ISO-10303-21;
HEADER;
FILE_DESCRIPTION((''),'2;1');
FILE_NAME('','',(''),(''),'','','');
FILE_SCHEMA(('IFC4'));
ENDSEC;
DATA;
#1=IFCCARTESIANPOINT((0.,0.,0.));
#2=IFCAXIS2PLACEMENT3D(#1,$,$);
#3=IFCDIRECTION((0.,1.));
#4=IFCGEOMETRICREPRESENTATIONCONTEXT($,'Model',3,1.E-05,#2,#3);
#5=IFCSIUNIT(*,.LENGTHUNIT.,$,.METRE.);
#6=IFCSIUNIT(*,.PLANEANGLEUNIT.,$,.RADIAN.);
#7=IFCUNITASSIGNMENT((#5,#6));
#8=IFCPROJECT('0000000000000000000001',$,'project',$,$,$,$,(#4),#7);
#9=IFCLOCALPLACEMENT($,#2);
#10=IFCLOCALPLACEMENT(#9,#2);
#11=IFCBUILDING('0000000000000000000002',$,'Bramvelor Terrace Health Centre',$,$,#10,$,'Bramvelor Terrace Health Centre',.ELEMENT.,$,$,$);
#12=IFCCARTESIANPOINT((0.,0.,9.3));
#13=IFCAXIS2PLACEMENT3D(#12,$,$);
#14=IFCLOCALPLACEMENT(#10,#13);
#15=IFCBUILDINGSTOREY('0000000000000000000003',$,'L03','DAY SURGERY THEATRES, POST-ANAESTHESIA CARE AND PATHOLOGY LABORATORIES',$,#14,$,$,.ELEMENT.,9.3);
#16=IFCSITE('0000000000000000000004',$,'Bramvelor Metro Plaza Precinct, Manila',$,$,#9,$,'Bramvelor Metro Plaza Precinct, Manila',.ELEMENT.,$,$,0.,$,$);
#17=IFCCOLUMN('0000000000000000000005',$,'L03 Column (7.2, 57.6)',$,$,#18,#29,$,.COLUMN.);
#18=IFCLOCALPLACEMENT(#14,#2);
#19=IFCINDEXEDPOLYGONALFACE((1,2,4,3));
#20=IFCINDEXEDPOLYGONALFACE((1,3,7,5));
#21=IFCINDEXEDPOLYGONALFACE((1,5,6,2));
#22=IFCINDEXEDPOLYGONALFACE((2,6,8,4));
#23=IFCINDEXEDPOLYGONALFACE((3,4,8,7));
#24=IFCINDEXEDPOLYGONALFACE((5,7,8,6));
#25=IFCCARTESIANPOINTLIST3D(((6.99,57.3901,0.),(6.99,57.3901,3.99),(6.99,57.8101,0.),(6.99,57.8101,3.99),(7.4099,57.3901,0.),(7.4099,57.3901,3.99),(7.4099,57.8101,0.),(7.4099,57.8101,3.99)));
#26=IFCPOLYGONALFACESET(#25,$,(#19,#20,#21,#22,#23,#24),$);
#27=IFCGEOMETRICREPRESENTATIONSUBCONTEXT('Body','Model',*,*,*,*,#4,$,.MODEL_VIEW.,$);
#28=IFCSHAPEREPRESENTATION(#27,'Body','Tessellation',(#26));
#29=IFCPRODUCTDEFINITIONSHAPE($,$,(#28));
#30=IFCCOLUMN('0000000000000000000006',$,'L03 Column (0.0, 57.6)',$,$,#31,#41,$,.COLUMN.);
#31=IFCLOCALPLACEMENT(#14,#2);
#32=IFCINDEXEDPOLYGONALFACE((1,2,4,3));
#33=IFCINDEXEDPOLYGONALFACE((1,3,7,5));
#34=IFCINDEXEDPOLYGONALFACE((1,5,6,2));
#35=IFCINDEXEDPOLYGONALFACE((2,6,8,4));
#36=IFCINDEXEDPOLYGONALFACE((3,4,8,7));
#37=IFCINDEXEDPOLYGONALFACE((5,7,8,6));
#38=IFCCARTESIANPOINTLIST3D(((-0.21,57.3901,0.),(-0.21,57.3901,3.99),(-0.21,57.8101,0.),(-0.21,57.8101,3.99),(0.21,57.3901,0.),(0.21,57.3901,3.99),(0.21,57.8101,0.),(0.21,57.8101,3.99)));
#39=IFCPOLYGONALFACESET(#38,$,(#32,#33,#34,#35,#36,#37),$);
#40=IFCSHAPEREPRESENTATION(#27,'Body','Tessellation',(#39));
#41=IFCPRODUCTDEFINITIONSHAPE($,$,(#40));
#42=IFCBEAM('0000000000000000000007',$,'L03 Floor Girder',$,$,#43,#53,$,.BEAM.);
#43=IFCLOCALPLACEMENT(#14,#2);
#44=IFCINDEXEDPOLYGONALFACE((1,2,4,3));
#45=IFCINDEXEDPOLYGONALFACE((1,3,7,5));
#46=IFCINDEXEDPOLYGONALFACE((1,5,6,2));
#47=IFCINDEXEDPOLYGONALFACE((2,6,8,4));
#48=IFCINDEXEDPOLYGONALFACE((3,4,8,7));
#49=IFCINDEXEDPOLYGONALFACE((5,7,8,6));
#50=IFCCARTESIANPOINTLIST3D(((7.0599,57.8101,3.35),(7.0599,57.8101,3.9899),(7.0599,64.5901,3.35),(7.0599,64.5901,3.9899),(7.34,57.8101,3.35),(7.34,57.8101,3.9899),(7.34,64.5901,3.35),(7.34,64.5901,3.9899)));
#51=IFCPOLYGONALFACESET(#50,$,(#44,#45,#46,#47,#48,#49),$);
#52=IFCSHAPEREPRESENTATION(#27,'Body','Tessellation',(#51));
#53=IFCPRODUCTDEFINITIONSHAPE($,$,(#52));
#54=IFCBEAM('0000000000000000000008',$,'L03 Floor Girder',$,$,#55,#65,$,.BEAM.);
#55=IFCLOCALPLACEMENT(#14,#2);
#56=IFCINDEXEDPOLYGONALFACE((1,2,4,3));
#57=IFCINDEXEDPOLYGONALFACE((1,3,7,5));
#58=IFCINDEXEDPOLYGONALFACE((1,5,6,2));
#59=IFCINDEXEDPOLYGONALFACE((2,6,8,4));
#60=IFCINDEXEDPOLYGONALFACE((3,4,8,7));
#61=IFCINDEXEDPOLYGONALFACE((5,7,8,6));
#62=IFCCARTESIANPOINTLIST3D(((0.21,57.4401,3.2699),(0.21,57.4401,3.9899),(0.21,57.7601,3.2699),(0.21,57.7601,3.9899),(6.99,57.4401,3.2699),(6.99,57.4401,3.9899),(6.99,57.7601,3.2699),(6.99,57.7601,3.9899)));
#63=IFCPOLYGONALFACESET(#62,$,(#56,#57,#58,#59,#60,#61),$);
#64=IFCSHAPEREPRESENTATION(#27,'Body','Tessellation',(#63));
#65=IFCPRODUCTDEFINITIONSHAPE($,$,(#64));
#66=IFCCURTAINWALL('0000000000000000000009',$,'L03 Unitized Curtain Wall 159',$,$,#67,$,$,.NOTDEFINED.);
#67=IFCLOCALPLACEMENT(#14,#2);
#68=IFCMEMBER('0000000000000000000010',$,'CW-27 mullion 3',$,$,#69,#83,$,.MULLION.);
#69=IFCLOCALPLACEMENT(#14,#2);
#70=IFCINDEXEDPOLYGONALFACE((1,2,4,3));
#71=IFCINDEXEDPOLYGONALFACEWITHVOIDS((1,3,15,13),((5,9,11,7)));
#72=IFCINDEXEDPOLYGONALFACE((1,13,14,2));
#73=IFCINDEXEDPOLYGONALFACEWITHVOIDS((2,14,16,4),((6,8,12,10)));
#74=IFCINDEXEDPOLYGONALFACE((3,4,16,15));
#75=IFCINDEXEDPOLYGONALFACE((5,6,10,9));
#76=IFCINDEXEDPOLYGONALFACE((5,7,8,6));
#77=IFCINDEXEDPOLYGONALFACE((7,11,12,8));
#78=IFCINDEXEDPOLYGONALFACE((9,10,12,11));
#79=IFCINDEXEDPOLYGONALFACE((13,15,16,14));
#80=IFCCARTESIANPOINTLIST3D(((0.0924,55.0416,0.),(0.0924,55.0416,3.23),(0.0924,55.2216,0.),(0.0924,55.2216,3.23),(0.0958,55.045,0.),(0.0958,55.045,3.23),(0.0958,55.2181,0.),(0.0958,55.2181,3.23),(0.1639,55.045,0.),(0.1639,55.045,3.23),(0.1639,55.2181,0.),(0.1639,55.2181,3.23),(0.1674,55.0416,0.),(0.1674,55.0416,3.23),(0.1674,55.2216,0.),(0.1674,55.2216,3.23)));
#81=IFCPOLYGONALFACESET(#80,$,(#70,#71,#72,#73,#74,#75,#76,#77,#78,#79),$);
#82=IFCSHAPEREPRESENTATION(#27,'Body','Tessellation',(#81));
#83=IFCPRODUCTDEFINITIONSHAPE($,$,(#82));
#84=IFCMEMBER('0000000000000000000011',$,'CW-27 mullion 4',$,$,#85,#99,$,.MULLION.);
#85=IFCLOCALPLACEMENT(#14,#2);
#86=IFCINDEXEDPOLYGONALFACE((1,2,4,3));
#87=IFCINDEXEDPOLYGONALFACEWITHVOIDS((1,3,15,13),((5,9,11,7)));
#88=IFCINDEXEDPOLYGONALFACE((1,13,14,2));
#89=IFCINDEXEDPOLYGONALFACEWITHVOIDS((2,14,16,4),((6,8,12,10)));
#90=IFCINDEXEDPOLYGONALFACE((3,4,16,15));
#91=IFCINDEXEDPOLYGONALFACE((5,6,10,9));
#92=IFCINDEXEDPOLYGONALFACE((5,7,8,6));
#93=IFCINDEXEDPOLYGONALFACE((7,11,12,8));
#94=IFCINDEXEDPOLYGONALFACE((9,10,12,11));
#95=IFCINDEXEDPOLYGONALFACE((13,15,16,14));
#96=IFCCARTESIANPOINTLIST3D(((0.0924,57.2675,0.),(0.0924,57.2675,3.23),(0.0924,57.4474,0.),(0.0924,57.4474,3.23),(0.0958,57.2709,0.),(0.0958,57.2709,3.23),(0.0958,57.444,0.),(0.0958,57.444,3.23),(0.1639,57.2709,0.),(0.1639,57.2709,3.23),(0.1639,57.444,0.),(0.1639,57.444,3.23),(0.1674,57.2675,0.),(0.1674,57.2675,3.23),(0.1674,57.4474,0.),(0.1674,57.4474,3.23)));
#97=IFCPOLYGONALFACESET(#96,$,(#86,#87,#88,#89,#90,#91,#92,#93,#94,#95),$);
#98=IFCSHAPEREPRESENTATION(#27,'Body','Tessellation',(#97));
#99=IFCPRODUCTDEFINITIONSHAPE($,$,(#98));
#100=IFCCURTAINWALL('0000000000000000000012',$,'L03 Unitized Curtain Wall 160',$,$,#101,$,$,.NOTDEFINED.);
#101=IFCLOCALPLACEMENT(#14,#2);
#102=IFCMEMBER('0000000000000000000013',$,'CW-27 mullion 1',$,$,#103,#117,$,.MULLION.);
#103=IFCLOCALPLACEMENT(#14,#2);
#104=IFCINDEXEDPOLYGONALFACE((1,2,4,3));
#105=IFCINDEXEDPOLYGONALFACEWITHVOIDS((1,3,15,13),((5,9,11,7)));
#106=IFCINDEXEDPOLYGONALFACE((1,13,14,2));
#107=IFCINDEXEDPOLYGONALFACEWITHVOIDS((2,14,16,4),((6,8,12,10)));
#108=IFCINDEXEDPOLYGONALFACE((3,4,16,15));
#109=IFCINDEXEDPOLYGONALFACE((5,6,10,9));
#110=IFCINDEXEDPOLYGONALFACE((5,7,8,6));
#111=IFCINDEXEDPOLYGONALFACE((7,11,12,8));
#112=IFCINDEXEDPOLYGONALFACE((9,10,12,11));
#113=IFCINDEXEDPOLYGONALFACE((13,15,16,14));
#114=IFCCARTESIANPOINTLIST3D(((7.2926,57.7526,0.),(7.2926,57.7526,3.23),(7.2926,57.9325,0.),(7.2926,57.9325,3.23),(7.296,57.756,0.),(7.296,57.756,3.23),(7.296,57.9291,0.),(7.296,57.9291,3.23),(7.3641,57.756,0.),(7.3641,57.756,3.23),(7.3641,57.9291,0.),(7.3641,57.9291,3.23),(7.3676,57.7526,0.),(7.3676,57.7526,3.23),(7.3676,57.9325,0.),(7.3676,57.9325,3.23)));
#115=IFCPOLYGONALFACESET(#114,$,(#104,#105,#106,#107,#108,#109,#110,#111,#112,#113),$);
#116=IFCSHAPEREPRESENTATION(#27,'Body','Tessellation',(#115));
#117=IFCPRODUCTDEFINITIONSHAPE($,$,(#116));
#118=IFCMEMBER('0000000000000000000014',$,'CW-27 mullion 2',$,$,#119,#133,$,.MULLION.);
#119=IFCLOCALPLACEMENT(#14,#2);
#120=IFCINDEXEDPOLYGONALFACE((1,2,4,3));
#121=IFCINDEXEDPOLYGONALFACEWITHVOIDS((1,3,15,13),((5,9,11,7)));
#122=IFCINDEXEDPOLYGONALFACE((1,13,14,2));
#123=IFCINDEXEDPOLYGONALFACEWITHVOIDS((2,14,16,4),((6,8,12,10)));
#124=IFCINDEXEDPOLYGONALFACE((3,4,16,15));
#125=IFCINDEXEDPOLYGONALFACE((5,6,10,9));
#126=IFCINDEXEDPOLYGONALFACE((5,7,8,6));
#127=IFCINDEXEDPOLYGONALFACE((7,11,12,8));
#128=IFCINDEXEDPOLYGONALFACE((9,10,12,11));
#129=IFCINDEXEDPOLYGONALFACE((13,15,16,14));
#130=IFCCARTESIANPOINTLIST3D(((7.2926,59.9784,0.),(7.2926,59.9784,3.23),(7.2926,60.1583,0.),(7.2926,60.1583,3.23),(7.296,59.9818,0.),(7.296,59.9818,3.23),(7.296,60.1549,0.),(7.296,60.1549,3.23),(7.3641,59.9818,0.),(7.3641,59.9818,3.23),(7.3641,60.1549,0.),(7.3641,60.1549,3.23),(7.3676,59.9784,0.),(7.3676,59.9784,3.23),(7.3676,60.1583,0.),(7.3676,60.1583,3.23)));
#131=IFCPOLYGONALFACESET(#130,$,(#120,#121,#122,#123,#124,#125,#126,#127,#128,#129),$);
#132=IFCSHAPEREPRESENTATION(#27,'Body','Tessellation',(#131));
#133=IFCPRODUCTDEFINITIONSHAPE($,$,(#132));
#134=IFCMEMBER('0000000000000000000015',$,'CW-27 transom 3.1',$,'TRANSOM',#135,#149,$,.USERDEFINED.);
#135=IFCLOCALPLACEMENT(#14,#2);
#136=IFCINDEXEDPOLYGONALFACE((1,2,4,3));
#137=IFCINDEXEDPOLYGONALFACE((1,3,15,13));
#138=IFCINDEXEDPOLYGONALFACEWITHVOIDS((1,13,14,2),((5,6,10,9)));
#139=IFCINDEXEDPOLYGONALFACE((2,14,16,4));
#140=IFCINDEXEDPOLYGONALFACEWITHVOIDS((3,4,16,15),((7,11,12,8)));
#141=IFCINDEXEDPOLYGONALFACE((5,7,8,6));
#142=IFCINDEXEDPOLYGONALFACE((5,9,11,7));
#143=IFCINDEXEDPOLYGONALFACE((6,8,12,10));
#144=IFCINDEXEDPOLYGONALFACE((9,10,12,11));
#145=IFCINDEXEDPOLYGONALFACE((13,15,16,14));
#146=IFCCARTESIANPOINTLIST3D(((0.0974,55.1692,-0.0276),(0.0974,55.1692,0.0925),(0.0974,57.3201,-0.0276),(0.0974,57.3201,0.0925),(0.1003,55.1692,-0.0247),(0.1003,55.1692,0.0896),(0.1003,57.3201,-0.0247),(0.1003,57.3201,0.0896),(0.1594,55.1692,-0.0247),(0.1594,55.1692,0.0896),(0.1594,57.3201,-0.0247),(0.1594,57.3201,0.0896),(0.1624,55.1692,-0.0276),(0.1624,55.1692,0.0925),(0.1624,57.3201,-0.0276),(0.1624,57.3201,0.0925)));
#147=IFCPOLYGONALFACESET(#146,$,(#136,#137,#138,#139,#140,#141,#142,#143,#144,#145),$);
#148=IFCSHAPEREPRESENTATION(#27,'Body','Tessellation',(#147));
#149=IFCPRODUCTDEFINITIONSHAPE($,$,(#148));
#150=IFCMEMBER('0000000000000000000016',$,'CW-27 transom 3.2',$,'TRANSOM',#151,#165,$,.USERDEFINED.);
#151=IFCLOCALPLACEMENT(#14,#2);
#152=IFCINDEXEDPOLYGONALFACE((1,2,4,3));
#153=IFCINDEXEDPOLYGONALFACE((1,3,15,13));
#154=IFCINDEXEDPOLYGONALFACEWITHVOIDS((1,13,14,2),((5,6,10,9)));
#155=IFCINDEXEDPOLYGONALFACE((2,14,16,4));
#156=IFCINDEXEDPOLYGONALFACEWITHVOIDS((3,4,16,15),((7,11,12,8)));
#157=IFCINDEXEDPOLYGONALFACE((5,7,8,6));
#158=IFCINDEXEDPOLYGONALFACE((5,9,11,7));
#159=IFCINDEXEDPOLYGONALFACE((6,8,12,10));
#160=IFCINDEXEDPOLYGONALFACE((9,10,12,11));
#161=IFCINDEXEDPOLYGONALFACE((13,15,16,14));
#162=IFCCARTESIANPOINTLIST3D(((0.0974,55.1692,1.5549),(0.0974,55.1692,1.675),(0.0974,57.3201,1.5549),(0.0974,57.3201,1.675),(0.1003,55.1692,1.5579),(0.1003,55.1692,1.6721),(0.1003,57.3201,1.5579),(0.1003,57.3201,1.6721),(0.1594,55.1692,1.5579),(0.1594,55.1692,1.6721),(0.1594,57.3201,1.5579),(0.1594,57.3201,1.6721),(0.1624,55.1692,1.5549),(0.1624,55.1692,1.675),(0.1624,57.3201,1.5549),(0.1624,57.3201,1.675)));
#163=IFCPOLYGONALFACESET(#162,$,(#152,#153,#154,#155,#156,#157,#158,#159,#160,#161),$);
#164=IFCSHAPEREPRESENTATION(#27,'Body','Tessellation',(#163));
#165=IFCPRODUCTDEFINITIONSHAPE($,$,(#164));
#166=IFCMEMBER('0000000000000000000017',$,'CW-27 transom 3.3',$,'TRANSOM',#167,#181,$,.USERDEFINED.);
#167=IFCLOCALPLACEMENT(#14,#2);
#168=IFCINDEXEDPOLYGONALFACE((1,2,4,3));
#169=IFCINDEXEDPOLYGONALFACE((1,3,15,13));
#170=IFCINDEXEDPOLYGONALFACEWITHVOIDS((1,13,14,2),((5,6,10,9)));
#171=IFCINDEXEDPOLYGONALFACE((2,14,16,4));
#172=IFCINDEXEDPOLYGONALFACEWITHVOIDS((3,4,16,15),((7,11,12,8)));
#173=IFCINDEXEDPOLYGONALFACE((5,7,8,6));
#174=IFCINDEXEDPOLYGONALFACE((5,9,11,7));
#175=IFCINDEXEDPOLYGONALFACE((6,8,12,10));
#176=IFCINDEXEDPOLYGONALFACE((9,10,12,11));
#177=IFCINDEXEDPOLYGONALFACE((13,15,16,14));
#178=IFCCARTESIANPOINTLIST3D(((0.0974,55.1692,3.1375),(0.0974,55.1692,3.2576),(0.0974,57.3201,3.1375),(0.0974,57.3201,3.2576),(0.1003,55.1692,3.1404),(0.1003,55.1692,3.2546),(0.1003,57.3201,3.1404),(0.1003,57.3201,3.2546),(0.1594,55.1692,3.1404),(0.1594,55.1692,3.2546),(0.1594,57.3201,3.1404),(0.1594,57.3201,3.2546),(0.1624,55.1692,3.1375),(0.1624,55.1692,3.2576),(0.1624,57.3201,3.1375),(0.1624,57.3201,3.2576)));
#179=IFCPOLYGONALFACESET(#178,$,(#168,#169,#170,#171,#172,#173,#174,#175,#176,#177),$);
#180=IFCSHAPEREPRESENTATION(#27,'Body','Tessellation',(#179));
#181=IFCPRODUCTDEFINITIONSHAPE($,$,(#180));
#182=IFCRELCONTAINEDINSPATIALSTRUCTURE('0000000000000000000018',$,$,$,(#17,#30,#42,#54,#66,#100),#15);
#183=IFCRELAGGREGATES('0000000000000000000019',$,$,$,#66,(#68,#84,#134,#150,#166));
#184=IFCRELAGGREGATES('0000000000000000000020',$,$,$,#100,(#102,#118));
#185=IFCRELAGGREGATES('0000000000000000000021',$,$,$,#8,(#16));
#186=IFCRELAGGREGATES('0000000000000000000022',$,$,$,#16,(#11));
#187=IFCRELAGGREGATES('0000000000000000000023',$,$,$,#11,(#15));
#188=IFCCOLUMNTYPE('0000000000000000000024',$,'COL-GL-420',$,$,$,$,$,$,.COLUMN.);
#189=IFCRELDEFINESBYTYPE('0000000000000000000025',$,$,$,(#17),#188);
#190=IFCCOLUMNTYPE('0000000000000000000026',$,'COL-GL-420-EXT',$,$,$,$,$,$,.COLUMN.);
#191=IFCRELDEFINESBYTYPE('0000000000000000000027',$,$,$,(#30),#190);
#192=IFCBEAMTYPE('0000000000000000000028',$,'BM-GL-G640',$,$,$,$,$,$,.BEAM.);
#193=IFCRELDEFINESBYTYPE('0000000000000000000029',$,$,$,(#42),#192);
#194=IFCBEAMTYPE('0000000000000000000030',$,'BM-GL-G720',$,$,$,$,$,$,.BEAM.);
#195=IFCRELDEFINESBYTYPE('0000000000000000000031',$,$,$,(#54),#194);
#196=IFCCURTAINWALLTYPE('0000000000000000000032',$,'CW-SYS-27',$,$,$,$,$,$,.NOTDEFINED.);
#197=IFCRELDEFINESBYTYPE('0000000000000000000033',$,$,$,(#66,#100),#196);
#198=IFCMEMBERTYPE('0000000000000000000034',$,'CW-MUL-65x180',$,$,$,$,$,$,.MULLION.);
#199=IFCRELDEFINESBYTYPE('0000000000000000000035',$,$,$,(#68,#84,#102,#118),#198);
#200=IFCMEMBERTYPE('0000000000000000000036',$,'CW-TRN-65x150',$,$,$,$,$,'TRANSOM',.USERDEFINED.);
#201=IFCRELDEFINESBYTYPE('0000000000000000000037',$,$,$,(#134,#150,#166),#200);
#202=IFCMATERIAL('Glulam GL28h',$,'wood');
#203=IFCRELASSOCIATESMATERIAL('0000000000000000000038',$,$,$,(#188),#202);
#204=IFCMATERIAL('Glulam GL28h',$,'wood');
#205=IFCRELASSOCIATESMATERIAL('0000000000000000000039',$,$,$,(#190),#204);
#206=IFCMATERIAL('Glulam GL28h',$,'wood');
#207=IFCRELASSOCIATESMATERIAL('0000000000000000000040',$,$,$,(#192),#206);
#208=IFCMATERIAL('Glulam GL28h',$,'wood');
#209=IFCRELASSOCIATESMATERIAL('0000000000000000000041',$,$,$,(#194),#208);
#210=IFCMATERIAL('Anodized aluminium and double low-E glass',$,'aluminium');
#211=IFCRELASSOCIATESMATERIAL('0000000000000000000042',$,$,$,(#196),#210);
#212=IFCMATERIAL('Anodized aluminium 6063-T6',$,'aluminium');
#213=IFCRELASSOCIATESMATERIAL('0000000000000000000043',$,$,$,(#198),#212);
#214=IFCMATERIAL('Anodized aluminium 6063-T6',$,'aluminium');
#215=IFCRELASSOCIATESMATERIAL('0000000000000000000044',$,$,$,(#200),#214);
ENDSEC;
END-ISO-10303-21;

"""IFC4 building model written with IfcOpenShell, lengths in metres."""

from ifc_helpers import new_model, si_unit, direction, frame, origin, origin_2d, place, context, subcontext, project, spatial, rectangle, hollow_rectangle, extrude, material, material_profile, profile_set, type_object, element, aggregate, save


model = new_model("IFC4")

# Units and contexts
model_context = context("Model", 3, precision=1e-05, world=origin(), true_north=direction((0.0, 1.0)))
body_context = subcontext(model_context, "Body", "Model", "MODEL_VIEW")
ifc_project = project(units=[si_unit("LENGTHUNIT", "METRE"), si_unit("PLANEANGLEUNIT", "RADIAN")], contexts=[model_context])

# Site, building, storey
site_placement = place(None, origin())
site = spatial("IfcSite", under=ifc_project, at=site_placement, Name="Bramvelor Metro Plaza Precinct, Manila", LongName="Bramvelor Metro Plaza Precinct, Manila", CompositionType="ELEMENT", RefElevation=0.0)
building_placement = place(site_placement, origin())
building = spatial("IfcBuilding", under=site, at=building_placement, Name="Bramvelor Terrace Health Centre", LongName="Bramvelor Terrace Health Centre", CompositionType="ELEMENT")
storey_placement = place(building_placement, frame((0.0, 0.0, 9.3)))
storey = spatial("IfcBuildingStorey", under=building, at=storey_placement, Name="L03", Description="DAY SURGERY THEATRES, POST-ANAESTHESIA CARE AND PATHOLOGY LABORATORIES", CompositionType="ELEMENT", Elevation=9.3)

# Columns
ifc_material_1 = material(Name="Glulam GL28h", Category="wood")
ifc_material_profile_1 = material_profile(ifc_material_1, rectangle(XDim=0.4199, YDim=0.4199, at=origin_2d()), Name="GL 420x420")
ifc_profile_set_1 = profile_set([ifc_material_profile_1], Name="Glulam GL28h")
column_type_1 = type_object("IfcColumnType", Name="COL-GL-420", PredefinedType="COLUMN", material=ifc_profile_set_1)
column_1_placement = place(storey_placement, frame((7.2, 57.6001, 0.0), z_axis=(0.0, 0.0, 1.0), x_axis=(1.0, 0.0, 0.0)))
element("IfcColumn", 1, at=column_1_placement, inside=storey, type_object=column_type_1, Name="L03 Column (7.2, 57.6)", PredefinedType="COLUMN", context=body_context, shape_type="SweptSolid", body=[
    extrude(rectangle(XDim=0.4199, YDim=0.4199, at=origin_2d()), origin(), (0.0, 0.0, 1.0), 3.99),
])
ifc_material_2 = material(Name="Glulam GL28h", Category="wood")
ifc_material_profile_2 = material_profile(ifc_material_2, rectangle(XDim=0.4199, YDim=0.4199, at=origin_2d()), Name="GL 420x420")
ifc_profile_set_2 = profile_set([ifc_material_profile_2], Name="Glulam GL28h")
column_type_2 = type_object("IfcColumnType", Name="COL-GL-420-EXT", PredefinedType="COLUMN", material=ifc_profile_set_2)
column_2_placement = place(storey_placement, frame((0.0, 57.6001, 0.0), z_axis=(0.0, 0.0, 1.0), x_axis=(1.0, 0.0, 0.0)))
element("IfcColumn", 2, at=column_2_placement, inside=storey, type_object=column_type_2, Name="L03 Column (0.0, 57.6)", PredefinedType="COLUMN", context=body_context, shape_type="SweptSolid", body=[
    extrude(rectangle(XDim=0.4199, YDim=0.4199, at=origin_2d()), origin(), (0.0, 0.0, 1.0), 3.99),
])

# Beams
ifc_material_3 = material(Name="Glulam GL28h", Category="wood")
ifc_material_profile_3 = material_profile(ifc_material_3, rectangle(XDim=0.28, YDim=0.6399, at=origin_2d()), Name="GL 280x640")
ifc_profile_set_3 = profile_set([ifc_material_profile_3], Name="Glulam GL28h")
beam_type_1 = type_object("IfcBeamType", Name="BM-GL-G640", PredefinedType="BEAM", material=ifc_profile_set_3)
beam_1_placement = place(storey_placement, frame((7.2, 57.8101, 3.6699), z_axis=(0.0, 1.0, 0.0), x_axis=(-1.0, 0.0, 0.0)))
element("IfcBeam", 3, at=beam_1_placement, inside=storey, type_object=beam_type_1, Name="L03 Floor Girder", PredefinedType="BEAM", context=body_context, shape_type="SweptSolid", body=[
    extrude(rectangle(XDim=0.28, YDim=0.6399, at=origin_2d()), origin(), (0.0, 0.0, 1.0), 6.78),
])
ifc_material_4 = material(Name="Glulam GL28h", Category="wood")
ifc_material_profile_4 = material_profile(ifc_material_4, rectangle(XDim=0.3201, YDim=0.72, at=origin_2d()), Name="GL 320x720")
ifc_profile_set_4 = profile_set([ifc_material_profile_4], Name="Glulam GL28h")
beam_type_2 = type_object("IfcBeamType", Name="BM-GL-G720", PredefinedType="BEAM", material=ifc_profile_set_4)
beam_2_placement = place(storey_placement, frame((0.21, 57.6001, 3.6299), z_axis=(1.0, 0.0, 0.0), x_axis=(0.0, 1.0, 0.0)))
element("IfcBeam", 4, at=beam_2_placement, inside=storey, type_object=beam_type_2, Name="L03 Floor Girder", PredefinedType="BEAM", context=body_context, shape_type="SweptSolid", body=[
    extrude(rectangle(XDim=0.3201, YDim=0.72, at=origin_2d()), origin(), (0.0, 0.0, 1.0), 6.78),
])

# Curtain walls, members
ifc_material_5 = material(Name="Anodized aluminium and double low-E glass", Category="aluminium")
curtain_wall_type = type_object("IfcCurtainWallType", Name="CW-SYS-27", PredefinedType="NOTDEFINED", material=ifc_material_5)
curtain_wall_1_placement = place(storey_placement, origin())
curtain_wall_1 = element("IfcCurtainWall", 5, at=curtain_wall_1_placement, inside=storey, type_object=curtain_wall_type, Name="L03 Unitized Curtain Wall 159", PredefinedType="NOTDEFINED")
ifc_material_6 = material(Name="Anodized aluminium 6063-T6", Category="aluminium")
ifc_material_profile_5 = material_profile(ifc_material_6, hollow_rectangle(XDim=0.075, YDim=0.1799, WallThickness=0.0034, at=origin_2d()), Name="ALU-MUL 75x180x3.5")
ifc_profile_set_5 = profile_set([ifc_material_profile_5], Name="Anodized aluminium 6063-T6")
member_type_1 = type_object("IfcMemberType", Name="CW-MUL-65x180", PredefinedType="MULLION", material=ifc_profile_set_5)
member_1_placement = place(storey_placement, frame((0.1299, 55.1316, 0.0), z_axis=(0.0, 0.0, 1.0), x_axis=(-1.0, 0.0, 0.0)))
member_1 = element("IfcMember", 6, at=member_1_placement, type_object=member_type_1, Name="CW-27 mullion 3", PredefinedType="MULLION", context=body_context, shape_type="SweptSolid", body=[
    extrude(hollow_rectangle(XDim=0.075, YDim=0.1799, WallThickness=0.0034, at=origin_2d()), origin(), (0.0, 0.0, 1.0), 3.23),
])
member_2_placement = place(storey_placement, frame((0.1299, 57.3574, 0.0), z_axis=(0.0, 0.0, 1.0), x_axis=(-1.0, 0.0, 0.0)))
member_2 = element("IfcMember", 7, at=member_2_placement, type_object=member_type_1, Name="CW-27 mullion 4", PredefinedType="MULLION", context=body_context, shape_type="SweptSolid", body=[
    extrude(hollow_rectangle(XDim=0.075, YDim=0.1799, WallThickness=0.0034, at=origin_2d()), origin(), (0.0, 0.0, 1.0), 3.23),
])
curtain_wall_2_placement = place(storey_placement, origin())
curtain_wall_2 = element("IfcCurtainWall", 8, at=curtain_wall_2_placement, inside=storey, type_object=curtain_wall_type, Name="L03 Unitized Curtain Wall 160", PredefinedType="NOTDEFINED")
member_3_placement = place(storey_placement, frame((7.3301, 57.8425, 0.0), z_axis=(0.0, 0.0, 1.0), x_axis=(-1.0, 0.0, 0.0)))
member_3 = element("IfcMember", 9, at=member_3_placement, type_object=member_type_1, Name="CW-27 mullion 1", PredefinedType="MULLION", context=body_context, shape_type="SweptSolid", body=[
    extrude(hollow_rectangle(XDim=0.075, YDim=0.1799, WallThickness=0.0034, at=origin_2d()), origin(), (0.0, 0.0, 1.0), 3.23),
])
member_4_placement = place(storey_placement, frame((7.3301, 60.0684, 0.0), z_axis=(0.0, 0.0, 1.0), x_axis=(-1.0, 0.0, 0.0)))
member_4 = element("IfcMember", 10, at=member_4_placement, type_object=member_type_1, Name="CW-27 mullion 2", PredefinedType="MULLION", context=body_context, shape_type="SweptSolid", body=[
    extrude(hollow_rectangle(XDim=0.075, YDim=0.1799, WallThickness=0.0034, at=origin_2d()), origin(), (0.0, 0.0, 1.0), 3.23),
])

# Members
ifc_material_7 = material(Name="Anodized aluminium 6063-T6", Category="aluminium")
ifc_material_profile_6 = material_profile(ifc_material_7, hollow_rectangle(XDim=0.0649, YDim=0.1201, WallThickness=0.0029, at=origin_2d()), Name="ALU-TRN 65x120x3.0")
ifc_profile_set_6 = profile_set([ifc_material_profile_6], Name="Anodized aluminium 6063-T6")
member_type_2 = type_object("IfcMemberType", Name="CW-TRN-65x150", ElementType="TRANSOM", PredefinedType="USERDEFINED", material=ifc_profile_set_6)
member_5_placement = place(storey_placement, frame((0.1299, 55.1692, 0.0325), z_axis=(0.0, 1.0, 0.0), x_axis=(-1.0, 0.0, 0.0)))
member_5 = element("IfcMember", 11, at=member_5_placement, type_object=member_type_2, Name="CW-27 transom 3.1", ObjectType="TRANSOM", PredefinedType="USERDEFINED", context=body_context, shape_type="SweptSolid", body=[
    extrude(hollow_rectangle(XDim=0.0649, YDim=0.1201, WallThickness=0.0029, at=origin_2d()), origin(), (0.0, 0.0, 1.0), 2.1509),
])
member_6_placement = place(storey_placement, frame((0.1299, 55.1692, 1.615), z_axis=(0.0, 1.0, 0.0), x_axis=(-1.0, 0.0, 0.0)))
member_6 = element("IfcMember", 12, at=member_6_placement, type_object=member_type_2, Name="CW-27 transom 3.2", ObjectType="TRANSOM", PredefinedType="USERDEFINED", context=body_context, shape_type="SweptSolid", body=[
    extrude(hollow_rectangle(XDim=0.0649, YDim=0.1201, WallThickness=0.0029, at=origin_2d()), origin(), (0.0, 0.0, 1.0), 2.1509),
])
member_7_placement = place(storey_placement, frame((0.1299, 55.1692, 3.1975), z_axis=(0.0, 1.0, 0.0), x_axis=(-1.0, 0.0, 0.0)))
member_7 = element("IfcMember", 13, at=member_7_placement, type_object=member_type_2, Name="CW-27 transom 3.3", ObjectType="TRANSOM", PredefinedType="USERDEFINED", context=body_context, shape_type="SweptSolid", body=[
    extrude(hollow_rectangle(XDim=0.0649, YDim=0.1201, WallThickness=0.0029, at=origin_2d()), origin(), (0.0, 0.0, 1.0), 2.1509),
])

aggregate(curtain_wall_1, [member_1, member_2, member_5, member_6, member_7])
aggregate(curtain_wall_2, [member_3, member_4])

save(model, "model.ifc")
